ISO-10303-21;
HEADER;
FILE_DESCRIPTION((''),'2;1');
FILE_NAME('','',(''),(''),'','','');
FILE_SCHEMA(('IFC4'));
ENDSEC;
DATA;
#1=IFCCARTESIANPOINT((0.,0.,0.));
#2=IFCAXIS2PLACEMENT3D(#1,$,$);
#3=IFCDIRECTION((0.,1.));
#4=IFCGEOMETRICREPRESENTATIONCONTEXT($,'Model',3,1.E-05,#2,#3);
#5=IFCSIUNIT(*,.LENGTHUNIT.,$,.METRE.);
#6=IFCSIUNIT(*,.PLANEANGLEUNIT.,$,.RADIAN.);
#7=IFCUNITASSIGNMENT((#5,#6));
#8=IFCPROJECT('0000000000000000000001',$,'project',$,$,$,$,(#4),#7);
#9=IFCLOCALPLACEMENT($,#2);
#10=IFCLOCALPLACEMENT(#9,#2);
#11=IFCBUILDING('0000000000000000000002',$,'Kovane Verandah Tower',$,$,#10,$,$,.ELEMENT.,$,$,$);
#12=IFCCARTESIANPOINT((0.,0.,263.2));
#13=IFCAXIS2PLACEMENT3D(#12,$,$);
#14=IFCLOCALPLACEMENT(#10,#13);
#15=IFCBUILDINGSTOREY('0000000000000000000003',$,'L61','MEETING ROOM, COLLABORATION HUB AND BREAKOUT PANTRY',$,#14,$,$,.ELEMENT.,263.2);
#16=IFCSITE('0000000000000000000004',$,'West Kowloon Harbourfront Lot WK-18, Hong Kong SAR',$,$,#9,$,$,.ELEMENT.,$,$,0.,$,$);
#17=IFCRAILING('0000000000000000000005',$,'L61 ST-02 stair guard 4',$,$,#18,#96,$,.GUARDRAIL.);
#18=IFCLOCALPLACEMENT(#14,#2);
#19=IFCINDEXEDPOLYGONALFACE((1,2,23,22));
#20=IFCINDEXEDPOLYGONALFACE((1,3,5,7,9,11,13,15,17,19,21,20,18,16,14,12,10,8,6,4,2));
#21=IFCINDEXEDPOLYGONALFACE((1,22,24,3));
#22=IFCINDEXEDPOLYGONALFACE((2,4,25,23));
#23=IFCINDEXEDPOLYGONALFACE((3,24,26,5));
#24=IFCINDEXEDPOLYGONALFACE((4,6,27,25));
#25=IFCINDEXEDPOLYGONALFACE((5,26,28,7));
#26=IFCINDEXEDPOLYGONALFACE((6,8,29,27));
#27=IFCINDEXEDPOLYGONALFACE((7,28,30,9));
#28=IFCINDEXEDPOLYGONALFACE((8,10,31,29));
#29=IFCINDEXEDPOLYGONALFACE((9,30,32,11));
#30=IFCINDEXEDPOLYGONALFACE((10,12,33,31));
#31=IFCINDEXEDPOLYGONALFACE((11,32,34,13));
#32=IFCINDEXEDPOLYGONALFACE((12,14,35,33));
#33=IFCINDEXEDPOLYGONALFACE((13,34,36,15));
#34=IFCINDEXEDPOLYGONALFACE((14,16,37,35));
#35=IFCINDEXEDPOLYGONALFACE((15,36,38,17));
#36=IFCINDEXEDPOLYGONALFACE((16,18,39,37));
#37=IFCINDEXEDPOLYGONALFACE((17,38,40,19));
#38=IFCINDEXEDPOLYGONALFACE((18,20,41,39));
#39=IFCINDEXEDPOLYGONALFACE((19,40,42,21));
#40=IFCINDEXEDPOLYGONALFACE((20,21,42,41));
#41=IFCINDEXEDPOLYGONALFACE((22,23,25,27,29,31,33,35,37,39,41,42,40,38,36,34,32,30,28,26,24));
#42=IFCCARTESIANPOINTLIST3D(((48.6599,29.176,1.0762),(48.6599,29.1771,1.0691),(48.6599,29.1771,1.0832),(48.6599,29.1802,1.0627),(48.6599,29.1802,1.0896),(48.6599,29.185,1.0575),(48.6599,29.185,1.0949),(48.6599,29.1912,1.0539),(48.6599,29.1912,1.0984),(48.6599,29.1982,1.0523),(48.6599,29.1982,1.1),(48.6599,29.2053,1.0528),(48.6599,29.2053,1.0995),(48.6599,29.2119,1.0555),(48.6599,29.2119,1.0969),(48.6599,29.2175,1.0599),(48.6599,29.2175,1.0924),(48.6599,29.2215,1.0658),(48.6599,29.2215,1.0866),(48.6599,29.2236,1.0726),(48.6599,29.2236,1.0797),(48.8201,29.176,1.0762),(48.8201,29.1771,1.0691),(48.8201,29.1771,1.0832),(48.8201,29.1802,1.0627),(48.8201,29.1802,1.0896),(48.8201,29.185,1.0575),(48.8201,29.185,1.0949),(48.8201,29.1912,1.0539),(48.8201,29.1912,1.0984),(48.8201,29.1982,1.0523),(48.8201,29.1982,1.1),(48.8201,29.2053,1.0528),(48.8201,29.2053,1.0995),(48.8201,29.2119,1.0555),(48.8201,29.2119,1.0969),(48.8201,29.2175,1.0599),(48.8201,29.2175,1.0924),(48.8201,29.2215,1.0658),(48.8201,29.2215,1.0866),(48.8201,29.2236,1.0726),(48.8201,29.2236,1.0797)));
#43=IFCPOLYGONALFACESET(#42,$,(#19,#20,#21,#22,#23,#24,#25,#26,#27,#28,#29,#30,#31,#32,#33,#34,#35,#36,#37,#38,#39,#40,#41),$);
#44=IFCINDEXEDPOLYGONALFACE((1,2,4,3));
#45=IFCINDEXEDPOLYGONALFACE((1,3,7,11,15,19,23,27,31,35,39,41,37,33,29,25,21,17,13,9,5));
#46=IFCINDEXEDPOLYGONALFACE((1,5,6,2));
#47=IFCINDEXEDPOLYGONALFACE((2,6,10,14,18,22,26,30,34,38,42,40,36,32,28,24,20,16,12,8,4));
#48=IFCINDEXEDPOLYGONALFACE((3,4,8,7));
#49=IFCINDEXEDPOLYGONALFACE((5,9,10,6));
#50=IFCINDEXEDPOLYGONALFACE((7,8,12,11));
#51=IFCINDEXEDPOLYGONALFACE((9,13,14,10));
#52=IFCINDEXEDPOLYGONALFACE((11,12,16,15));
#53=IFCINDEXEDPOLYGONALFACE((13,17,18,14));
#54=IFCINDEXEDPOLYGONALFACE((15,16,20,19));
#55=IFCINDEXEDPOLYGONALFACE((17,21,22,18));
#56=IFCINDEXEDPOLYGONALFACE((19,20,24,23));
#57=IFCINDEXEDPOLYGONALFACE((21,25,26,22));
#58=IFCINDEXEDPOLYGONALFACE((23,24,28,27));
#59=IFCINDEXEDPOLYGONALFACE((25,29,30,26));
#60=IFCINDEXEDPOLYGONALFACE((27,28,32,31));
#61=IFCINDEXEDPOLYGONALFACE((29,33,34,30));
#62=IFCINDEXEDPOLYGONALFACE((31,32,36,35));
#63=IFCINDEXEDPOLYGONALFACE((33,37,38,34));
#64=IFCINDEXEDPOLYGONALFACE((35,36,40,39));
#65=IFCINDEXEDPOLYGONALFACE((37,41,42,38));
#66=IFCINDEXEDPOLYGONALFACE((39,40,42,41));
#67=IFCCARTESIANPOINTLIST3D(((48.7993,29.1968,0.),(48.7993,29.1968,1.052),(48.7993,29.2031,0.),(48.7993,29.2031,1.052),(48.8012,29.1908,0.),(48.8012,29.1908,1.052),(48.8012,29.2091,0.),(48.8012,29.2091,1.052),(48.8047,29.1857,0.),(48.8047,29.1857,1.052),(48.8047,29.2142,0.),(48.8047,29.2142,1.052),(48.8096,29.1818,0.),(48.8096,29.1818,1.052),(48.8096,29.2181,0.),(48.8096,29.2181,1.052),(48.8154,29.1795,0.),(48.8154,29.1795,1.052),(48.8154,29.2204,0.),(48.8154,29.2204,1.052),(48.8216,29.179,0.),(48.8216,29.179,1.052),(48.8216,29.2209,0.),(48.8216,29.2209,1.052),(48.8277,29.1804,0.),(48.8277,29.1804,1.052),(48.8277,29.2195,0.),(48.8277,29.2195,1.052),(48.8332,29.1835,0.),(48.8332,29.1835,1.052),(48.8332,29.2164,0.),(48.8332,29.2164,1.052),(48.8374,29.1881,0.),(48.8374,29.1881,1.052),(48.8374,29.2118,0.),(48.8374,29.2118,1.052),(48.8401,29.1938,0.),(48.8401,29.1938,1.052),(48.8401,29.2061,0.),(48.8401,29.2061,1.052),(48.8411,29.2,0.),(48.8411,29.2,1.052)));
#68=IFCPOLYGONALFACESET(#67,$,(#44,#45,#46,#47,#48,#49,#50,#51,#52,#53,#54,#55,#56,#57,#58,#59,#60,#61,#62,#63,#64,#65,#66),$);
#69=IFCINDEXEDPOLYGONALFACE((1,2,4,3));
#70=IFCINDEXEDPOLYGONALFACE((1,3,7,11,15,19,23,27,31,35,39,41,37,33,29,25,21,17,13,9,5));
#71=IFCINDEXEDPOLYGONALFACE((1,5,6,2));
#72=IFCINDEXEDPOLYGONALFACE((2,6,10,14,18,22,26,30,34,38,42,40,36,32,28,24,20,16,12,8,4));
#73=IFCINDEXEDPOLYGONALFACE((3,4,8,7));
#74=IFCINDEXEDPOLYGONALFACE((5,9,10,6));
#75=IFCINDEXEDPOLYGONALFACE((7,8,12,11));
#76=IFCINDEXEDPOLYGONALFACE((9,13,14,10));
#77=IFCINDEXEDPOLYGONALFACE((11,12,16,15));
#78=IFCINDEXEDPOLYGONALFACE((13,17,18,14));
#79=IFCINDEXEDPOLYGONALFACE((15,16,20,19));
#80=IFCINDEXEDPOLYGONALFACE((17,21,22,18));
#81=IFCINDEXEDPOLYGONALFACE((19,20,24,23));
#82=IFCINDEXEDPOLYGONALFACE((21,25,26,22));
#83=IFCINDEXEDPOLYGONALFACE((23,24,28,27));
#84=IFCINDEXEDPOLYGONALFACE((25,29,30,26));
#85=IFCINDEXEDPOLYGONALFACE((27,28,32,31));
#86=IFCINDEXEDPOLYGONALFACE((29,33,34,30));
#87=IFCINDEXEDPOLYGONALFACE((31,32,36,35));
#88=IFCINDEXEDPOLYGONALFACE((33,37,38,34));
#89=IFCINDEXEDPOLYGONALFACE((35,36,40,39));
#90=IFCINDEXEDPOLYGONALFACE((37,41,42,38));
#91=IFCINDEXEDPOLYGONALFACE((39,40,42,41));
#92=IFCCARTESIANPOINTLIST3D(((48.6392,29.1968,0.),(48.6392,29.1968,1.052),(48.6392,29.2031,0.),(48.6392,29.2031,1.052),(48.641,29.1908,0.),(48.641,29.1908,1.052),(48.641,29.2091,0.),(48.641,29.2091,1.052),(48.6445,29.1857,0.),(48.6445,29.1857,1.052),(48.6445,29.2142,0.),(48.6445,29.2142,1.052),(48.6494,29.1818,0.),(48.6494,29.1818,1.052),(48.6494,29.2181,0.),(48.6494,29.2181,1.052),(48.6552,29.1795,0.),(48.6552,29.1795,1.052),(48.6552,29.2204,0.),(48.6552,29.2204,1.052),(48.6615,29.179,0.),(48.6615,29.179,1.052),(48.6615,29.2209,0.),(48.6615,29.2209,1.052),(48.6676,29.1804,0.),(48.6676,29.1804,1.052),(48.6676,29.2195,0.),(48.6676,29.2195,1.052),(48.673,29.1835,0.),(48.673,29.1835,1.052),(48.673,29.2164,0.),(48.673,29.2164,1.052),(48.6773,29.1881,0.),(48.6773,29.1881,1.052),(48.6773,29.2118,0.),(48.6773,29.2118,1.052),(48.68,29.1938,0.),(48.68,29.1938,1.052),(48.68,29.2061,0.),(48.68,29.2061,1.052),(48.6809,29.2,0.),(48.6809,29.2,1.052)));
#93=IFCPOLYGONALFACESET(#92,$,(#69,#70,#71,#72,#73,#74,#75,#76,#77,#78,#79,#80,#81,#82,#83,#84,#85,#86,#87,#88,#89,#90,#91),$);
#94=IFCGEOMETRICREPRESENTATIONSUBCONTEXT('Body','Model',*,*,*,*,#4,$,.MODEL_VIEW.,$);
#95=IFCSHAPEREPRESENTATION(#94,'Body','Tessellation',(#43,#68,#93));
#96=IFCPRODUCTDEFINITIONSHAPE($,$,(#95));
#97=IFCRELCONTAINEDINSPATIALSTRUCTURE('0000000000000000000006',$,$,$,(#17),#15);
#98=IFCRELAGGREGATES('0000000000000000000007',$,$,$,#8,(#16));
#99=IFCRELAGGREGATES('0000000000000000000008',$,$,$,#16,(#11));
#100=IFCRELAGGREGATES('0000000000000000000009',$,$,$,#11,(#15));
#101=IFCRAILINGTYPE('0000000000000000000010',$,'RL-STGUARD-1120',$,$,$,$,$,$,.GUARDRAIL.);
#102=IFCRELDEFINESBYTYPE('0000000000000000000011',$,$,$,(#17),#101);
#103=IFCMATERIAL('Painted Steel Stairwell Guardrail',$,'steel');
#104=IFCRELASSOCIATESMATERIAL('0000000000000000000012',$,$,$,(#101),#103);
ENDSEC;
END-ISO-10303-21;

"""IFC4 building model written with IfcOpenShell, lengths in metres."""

from ifc_helpers import new_model, si_unit, direction, frame, origin, origin_2d, place, context, subcontext, project, spatial, circle, extrude, material, type_object, element, save


model = new_model("IFC4")

# Units and contexts
model_context = context("Model", 3, precision=1e-05, world=origin(), true_north=direction((0.0, 1.0)))
body_context = subcontext(model_context, "Body", "Model", "MODEL_VIEW")
ifc_project = project(units=[si_unit("LENGTHUNIT", "METRE"), si_unit("PLANEANGLEUNIT", "RADIAN")], contexts=[model_context])

# Site, building, storey
site_placement = place(None, origin())
site = spatial("IfcSite", under=ifc_project, at=site_placement, Name="West Kowloon Harbourfront Lot WK-18, Hong Kong SAR", CompositionType="ELEMENT", RefElevation=0.0)
building_placement = place(site_placement, origin())
building = spatial("IfcBuilding", under=site, at=building_placement, Name="Kovane Verandah Tower", CompositionType="ELEMENT")
storey_placement = place(building_placement, frame((0.0, 0.0, 263.2)))
storey = spatial("IfcBuildingStorey", under=building, at=storey_placement, Name="L61", Description="MEETING ROOM, COLLABORATION HUB AND BREAKOUT PANTRY", CompositionType="ELEMENT", Elevation=263.2)

# Railing
ifc_material_1 = material(Name="Painted Steel Stairwell Guardrail", Category="steel")
railing_type_1 = type_object("IfcRailingType", Name="RL-STGUARD-1120", PredefinedType="GUARDRAIL", material=ifc_material_1)
railing_1_placement = place(storey_placement, frame((48.8201, 29.2, 0.0)))
element("IfcRailing", 1, at=railing_1_placement, inside=storey, type_object=railing_type_1, Name="L61 ST-02 stair guard 4", PredefinedType="GUARDRAIL", context=body_context, shape_type="SweptSolid", body=[
    extrude(circle(Radius=0.0239, at=origin_2d()), frame((0.0, 0.0, 1.0762), z_axis=(-1.0, 0.0, 0.0), x_axis=(0.0, -1.0, 0.0)), (0.0, 0.0, 1.0), 0.1602),
    extrude(circle(Radius=0.021, at=origin_2d()), origin(), (0.0, 0.0, 1.0), 1.052),
    extrude(circle(Radius=0.021, at=origin_2d()), frame((-0.1602, 0.0, 0.0)), (0.0, 0.0, 1.0), 1.052),
])

save(model, "model.ifc")
